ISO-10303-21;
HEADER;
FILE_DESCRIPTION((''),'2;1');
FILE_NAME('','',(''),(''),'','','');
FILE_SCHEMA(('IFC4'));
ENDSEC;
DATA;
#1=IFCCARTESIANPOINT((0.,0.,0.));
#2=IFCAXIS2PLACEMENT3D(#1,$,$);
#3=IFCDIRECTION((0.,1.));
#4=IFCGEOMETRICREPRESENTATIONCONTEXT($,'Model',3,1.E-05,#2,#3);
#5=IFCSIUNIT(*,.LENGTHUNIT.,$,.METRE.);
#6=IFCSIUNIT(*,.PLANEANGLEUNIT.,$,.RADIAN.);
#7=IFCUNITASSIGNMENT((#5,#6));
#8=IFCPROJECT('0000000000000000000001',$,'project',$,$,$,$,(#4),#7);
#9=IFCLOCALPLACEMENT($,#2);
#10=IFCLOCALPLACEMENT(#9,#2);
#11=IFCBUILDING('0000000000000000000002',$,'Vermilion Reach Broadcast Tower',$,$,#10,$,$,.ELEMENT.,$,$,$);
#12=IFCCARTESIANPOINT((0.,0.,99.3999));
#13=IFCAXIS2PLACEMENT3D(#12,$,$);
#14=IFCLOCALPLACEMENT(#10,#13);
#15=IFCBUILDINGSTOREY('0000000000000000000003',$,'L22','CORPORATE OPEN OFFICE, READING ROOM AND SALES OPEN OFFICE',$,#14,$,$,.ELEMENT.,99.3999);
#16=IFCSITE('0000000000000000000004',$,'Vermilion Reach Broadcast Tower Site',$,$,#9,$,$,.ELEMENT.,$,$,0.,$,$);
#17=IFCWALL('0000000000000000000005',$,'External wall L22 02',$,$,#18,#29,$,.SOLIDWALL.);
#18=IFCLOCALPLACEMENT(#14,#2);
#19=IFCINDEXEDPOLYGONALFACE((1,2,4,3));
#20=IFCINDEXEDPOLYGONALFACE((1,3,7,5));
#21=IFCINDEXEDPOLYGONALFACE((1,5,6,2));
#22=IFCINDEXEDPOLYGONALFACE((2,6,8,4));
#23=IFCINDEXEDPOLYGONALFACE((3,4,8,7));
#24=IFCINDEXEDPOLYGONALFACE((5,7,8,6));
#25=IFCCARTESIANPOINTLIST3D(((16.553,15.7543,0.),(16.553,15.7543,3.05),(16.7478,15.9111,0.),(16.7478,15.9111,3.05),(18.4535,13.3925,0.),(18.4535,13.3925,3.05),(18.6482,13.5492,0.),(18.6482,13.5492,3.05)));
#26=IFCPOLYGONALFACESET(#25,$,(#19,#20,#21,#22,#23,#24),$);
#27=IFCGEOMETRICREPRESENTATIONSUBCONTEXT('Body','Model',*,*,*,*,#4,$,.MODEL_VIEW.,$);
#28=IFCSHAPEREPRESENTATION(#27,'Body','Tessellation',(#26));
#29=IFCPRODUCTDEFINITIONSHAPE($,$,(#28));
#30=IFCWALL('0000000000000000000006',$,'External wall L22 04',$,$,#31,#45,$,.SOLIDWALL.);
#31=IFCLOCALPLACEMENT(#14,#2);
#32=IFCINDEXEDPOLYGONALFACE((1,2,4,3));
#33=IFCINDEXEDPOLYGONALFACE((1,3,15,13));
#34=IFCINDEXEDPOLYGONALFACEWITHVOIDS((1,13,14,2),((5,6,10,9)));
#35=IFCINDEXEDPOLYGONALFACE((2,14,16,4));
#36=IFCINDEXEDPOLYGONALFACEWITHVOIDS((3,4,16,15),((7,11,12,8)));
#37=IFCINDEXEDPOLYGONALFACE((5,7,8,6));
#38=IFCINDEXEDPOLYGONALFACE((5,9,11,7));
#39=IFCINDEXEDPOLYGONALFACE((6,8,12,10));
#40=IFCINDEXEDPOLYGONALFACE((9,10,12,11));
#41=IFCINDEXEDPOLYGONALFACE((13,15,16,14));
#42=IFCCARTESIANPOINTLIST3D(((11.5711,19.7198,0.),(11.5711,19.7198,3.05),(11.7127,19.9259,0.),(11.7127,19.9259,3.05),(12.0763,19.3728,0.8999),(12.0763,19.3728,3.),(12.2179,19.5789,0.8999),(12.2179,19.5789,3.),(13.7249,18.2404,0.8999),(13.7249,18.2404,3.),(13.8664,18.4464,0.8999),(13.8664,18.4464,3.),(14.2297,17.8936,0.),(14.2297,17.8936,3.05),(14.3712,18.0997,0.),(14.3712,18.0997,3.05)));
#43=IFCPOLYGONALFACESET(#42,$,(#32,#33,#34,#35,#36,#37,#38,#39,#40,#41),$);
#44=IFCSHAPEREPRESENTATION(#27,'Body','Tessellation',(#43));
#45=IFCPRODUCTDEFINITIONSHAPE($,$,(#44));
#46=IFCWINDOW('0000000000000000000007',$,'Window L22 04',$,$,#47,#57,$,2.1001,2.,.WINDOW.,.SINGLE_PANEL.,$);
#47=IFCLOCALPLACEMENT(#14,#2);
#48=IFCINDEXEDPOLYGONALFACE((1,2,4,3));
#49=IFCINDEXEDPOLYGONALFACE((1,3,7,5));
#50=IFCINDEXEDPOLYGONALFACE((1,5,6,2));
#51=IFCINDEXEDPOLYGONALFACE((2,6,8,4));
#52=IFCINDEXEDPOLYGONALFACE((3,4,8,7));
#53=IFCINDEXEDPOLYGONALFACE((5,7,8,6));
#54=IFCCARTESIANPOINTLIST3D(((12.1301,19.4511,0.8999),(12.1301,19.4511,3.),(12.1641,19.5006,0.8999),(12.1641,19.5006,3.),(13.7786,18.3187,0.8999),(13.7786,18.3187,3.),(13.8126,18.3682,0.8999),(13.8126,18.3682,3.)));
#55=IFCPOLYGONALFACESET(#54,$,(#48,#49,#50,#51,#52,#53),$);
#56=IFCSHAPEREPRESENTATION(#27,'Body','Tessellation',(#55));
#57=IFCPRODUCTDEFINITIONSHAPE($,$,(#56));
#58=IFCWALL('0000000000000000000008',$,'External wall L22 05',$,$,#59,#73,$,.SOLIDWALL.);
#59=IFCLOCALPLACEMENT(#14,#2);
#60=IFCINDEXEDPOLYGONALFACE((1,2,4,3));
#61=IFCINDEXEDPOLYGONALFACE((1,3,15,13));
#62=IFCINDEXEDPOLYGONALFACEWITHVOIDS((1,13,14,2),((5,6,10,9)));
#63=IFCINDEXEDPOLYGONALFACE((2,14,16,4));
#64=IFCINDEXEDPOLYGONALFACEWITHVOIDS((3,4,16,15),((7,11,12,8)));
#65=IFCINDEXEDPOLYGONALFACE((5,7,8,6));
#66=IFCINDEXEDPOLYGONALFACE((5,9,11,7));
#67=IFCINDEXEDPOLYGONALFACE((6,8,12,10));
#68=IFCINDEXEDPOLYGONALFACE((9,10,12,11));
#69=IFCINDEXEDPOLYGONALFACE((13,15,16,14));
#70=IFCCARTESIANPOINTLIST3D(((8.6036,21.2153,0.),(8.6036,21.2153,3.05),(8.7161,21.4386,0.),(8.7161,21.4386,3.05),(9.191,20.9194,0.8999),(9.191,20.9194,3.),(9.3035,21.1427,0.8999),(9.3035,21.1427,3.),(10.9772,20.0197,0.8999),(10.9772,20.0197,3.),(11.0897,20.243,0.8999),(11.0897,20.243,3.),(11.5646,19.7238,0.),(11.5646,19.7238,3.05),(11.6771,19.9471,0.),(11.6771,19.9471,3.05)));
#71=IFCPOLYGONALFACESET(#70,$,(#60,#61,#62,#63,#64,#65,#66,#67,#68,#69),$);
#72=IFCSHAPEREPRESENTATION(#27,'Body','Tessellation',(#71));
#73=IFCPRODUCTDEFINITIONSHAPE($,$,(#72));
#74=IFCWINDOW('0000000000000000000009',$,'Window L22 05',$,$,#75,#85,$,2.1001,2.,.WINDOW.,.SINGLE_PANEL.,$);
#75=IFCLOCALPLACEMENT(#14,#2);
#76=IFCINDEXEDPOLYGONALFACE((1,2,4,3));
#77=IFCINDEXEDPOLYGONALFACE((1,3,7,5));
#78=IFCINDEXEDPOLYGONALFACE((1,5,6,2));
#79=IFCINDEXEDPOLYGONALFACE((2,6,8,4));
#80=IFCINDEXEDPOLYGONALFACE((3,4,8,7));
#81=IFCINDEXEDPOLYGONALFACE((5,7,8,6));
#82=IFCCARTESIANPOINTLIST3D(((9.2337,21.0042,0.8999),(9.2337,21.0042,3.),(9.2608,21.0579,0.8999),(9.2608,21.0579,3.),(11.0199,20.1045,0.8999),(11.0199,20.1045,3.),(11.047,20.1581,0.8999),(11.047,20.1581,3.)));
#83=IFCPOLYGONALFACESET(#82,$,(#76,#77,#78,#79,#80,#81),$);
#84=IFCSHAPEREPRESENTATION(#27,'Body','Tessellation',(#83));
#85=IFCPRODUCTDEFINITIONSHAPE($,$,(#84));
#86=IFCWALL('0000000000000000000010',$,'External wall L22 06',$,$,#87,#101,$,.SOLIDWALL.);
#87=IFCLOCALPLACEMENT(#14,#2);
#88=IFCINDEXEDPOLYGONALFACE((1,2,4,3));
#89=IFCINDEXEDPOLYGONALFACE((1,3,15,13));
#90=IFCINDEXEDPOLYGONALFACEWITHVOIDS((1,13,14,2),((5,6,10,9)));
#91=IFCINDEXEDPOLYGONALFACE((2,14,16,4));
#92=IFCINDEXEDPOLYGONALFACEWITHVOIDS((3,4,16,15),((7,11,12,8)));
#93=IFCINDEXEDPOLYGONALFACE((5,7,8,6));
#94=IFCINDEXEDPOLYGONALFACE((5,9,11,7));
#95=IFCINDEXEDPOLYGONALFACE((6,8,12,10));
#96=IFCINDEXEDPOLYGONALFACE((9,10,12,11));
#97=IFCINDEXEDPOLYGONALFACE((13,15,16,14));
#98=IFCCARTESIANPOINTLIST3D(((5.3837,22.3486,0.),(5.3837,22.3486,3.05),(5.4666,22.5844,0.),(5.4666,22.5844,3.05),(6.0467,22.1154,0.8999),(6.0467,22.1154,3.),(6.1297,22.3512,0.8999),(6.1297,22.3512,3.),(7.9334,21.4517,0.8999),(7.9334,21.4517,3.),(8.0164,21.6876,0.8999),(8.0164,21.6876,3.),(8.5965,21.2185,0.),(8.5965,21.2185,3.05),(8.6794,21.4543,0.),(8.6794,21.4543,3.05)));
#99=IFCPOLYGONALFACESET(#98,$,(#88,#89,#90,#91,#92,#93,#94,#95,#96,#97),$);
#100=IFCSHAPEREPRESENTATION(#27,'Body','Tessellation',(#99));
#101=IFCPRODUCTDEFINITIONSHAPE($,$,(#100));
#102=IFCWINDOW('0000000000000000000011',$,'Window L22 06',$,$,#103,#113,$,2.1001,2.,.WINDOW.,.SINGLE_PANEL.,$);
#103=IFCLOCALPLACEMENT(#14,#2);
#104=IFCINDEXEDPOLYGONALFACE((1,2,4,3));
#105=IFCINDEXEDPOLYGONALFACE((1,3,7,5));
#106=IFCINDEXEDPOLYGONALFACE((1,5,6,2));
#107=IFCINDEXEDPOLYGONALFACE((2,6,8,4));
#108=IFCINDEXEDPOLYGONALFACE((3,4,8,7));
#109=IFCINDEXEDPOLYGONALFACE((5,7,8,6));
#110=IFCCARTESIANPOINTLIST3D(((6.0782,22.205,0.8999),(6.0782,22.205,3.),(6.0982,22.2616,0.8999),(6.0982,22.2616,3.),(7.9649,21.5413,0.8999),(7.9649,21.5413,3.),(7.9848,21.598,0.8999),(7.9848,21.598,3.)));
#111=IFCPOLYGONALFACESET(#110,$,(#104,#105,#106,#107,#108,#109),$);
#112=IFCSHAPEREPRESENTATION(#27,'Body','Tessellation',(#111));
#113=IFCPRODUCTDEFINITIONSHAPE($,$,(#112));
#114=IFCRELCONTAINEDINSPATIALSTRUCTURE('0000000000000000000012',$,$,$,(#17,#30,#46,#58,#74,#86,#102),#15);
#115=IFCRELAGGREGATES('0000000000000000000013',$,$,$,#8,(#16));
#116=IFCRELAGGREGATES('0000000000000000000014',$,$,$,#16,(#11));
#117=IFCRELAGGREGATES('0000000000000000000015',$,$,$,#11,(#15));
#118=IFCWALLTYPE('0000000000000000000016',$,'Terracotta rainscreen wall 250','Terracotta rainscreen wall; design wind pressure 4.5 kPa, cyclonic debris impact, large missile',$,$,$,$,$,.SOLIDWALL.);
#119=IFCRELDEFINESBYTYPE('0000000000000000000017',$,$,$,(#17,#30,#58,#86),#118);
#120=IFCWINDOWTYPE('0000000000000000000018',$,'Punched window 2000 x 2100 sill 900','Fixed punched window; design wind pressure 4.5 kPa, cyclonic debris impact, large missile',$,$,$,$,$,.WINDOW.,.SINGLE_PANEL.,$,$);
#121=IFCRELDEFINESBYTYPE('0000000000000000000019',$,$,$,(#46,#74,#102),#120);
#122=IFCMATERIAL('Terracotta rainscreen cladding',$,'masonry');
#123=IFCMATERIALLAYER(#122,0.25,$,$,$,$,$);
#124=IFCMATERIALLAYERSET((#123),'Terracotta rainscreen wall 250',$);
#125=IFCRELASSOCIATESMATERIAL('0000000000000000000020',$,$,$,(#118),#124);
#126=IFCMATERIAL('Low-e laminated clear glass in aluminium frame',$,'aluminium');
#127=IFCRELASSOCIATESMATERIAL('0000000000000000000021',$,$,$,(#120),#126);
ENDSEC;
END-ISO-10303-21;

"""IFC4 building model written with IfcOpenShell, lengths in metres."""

from ifc_helpers import new_model, si_unit, direction, frame, frame_2d, origin, place, context, subcontext, project, spatial, rectangle, extrude, material, layer, layer_set, type_object, element, fill, save


model = new_model("IFC4")

# Units and contexts
model_context = context("Model", 3, precision=1e-05, world=origin(), true_north=direction((0.0, 1.0)))
body_context = subcontext(model_context, "Body", "Model", "MODEL_VIEW")
ifc_project = project(units=[si_unit("LENGTHUNIT", "METRE"), si_unit("PLANEANGLEUNIT", "RADIAN")], contexts=[model_context])

# Site, building, storey
site_placement = place(None, origin())
site = spatial("IfcSite", under=ifc_project, at=site_placement, Name="Vermilion Reach Broadcast Tower Site", CompositionType="ELEMENT", RefElevation=0.0)
building_placement = place(site_placement, origin())
building = spatial("IfcBuilding", under=site, at=building_placement, Name="Vermilion Reach Broadcast Tower", CompositionType="ELEMENT")
storey_placement = place(building_placement, frame((0.0, 0.0, 99.3999)))
storey = spatial("IfcBuildingStorey", under=building, at=storey_placement, Name="L22", Description="CORPORATE OPEN OFFICE, READING ROOM AND SALES OPEN OFFICE", CompositionType="ELEMENT", Elevation=99.3999)

# Wall
ifc_material_1 = material(Name="Terracotta rainscreen cladding", Category="masonry")
ifc_layer_1 = layer(ifc_material_1, 0.25)
ifc_layer_set_1 = layer_set([ifc_layer_1], Name="Terracotta rainscreen wall 250")
wall_type = type_object("IfcWallType", Name="Terracotta rainscreen wall 250", Description="Terracotta rainscreen wall; design wind pressure 4.5 kPa, cyclonic debris impact, large missile", PredefinedType="SOLIDWALL", material=ifc_layer_set_1)
wall_1_placement = place(storey_placement, frame((18.5508, 13.4709, 0.0), z_axis=(0.0, 0.0, 1.0), x_axis=(-0.626893, 0.779106, 0.0)))
element("IfcWall", 1, at=wall_1_placement, inside=storey, type_object=wall_type, Name="External wall L22 02", PredefinedType="SOLIDWALL", context=body_context, shape_type="SweptSolid", body=[
    extrude(rectangle(XDim=3.0315, YDim=0.25, at=frame_2d((1.5156, 0.0))), origin(), (0.0, 0.0, 1.0), 3.05),
])

# Walls, openings, windows
wall_2_placement = place(storey_placement, frame((14.3005, 17.9966, 0.0), z_axis=(0.0, 0.0, 1.0), x_axis=(-0.824261, 0.566211, 0.0)))
wall_2 = element("IfcWall", 2, at=wall_2_placement, inside=storey, type_object=wall_type, Name="External wall L22 04", PredefinedType="SOLIDWALL", context=body_context, shape_type="SweptSolid", body=[
    extrude(rectangle(XDim=3.2253, YDim=0.25, at=frame_2d((1.6128, 0.0))), origin(), (0.0, 0.0, 1.0), 3.05),
])
opening_1_placement = place(wall_2_placement, frame((0.6125, 0.0, 0.8999)))
opening_1 = element("IfcOpeningElement", 3, at=opening_1_placement, cuts=wall_2, PredefinedType="OPENING", context=body_context, shape_type="SweptSolid", body=[
    extrude(rectangle(XDim=2.0, YDim=2.1001, at=frame_2d((1.0, 1.05))), frame((0.0, 0.135, 0.0), z_axis=(0.0, -1.0, 0.0), x_axis=(1.0, 0.0, 0.0)), (0.0, 0.0, 1.0), 0.27),
])
ifc_material_2 = material(Name="Low-e laminated clear glass in aluminium frame", Category="aluminium")
window_type = type_object("IfcWindowType", Name="Punched window 2000 x 2100 sill 900", Description="Fixed punched window; design wind pressure 4.5 kPa, cyclonic debris impact, large missile", PartitioningType="SINGLE_PANEL", PredefinedType="WINDOW", material=ifc_material_2)
window_1_placement = place(opening_1_placement, origin())
window_1 = element("IfcWindow", 4, at=window_1_placement, inside=storey, type_object=window_type, Name="Window L22 04", OverallHeight=2.1001, OverallWidth=2.0, PartitioningType="SINGLE_PANEL", PredefinedType="WINDOW", context=body_context, shape_type="SweptSolid", body=[
    extrude(rectangle(XDim=2.0, YDim=2.1001, at=frame_2d((1.0, 1.05))), frame((0.0, 0.03, 0.0), z_axis=(0.0, -1.0, 0.0), x_axis=(1.0, 0.0, 0.0)), (0.0, 0.0, 1.0), 0.0601),
])
fill(opening_1, window_1)
wall_3_placement = place(storey_placement, frame((11.6208, 19.8354, 0.0), z_axis=(0.0, 0.0, 1.0), x_axis=(-0.893098, 0.449863, 0.0)))
wall_3 = element("IfcWall", 5, at=wall_3_placement, inside=storey, type_object=wall_type, Name="External wall L22 05", PredefinedType="SOLIDWALL", context=body_context, shape_type="SweptSolid", body=[
    extrude(rectangle(XDim=3.3154, YDim=0.25, at=frame_2d((1.6577, 0.0))), origin(), (0.0, 0.0, 1.0), 3.05),
])
opening_2_placement = place(wall_3_placement, frame((0.6577, 0.0, 0.8999)))
opening_2 = element("IfcOpeningElement", 6, at=opening_2_placement, cuts=wall_3, PredefinedType="OPENING", context=body_context, shape_type="SweptSolid", body=[
    extrude(rectangle(XDim=2.0, YDim=2.1001, at=frame_2d((1.0, 1.05))), frame((0.0, 0.135, 0.0), z_axis=(0.0, -1.0, 0.0), x_axis=(1.0, 0.0, 0.0)), (0.0, 0.0, 1.0), 0.27),
])
window_2_placement = place(opening_2_placement, origin())
window_2 = element("IfcWindow", 7, at=window_2_placement, inside=storey, type_object=window_type, Name="Window L22 05", OverallHeight=2.1001, OverallWidth=2.0, PartitioningType="SINGLE_PANEL", PredefinedType="WINDOW", context=body_context, shape_type="SweptSolid", body=[
    extrude(rectangle(XDim=2.0, YDim=2.1001, at=frame_2d((1.0, 1.05))), frame((0.0, 0.03, 0.0), z_axis=(0.0, -1.0, 0.0), x_axis=(1.0, 0.0, 0.0)), (0.0, 0.0, 1.0), 0.0601),
])
fill(opening_2, window_2)
wall_4_placement = place(storey_placement, frame((8.6379, 21.3364, 0.0), z_axis=(0.0, 0.0, 1.0), x_axis=(-0.943343, 0.331819, 0.0)))
wall_4 = element("IfcWall", 8, at=wall_4_placement, inside=storey, type_object=wall_type, Name="External wall L22 06", PredefinedType="SOLIDWALL", context=body_context, shape_type="SweptSolid", body=[
    extrude(rectangle(XDim=3.4058, YDim=0.25, at=frame_2d((1.7029, 0.0))), origin(), (0.0, 0.0, 1.0), 3.05),
])
opening_3_placement = place(wall_4_placement, frame((0.7029, 0.0, 0.8999)))
opening_3 = element("IfcOpeningElement", 9, at=opening_3_placement, cuts=wall_4, PredefinedType="OPENING", context=body_context, shape_type="SweptSolid", body=[
    extrude(rectangle(XDim=2.0, YDim=2.1001, at=frame_2d((1.0, 1.05))), frame((0.0, 0.135, 0.0), z_axis=(0.0, -1.0, 0.0), x_axis=(1.0, 0.0, 0.0)), (0.0, 0.0, 1.0), 0.27),
])
window_3_placement = place(opening_3_placement, origin())
window_3 = element("IfcWindow", 10, at=window_3_placement, inside=storey, type_object=window_type, Name="Window L22 06", OverallHeight=2.1001, OverallWidth=2.0, PartitioningType="SINGLE_PANEL", PredefinedType="WINDOW", context=body_context, shape_type="SweptSolid", body=[
    extrude(rectangle(XDim=2.0, YDim=2.1001, at=frame_2d((1.0, 1.05))), frame((0.0, 0.03, 0.0), z_axis=(0.0, -1.0, 0.0), x_axis=(1.0, 0.0, 0.0)), (0.0, 0.0, 1.0), 0.0601),
])
fill(opening_3, window_3)

save(model, "model.ifc")
